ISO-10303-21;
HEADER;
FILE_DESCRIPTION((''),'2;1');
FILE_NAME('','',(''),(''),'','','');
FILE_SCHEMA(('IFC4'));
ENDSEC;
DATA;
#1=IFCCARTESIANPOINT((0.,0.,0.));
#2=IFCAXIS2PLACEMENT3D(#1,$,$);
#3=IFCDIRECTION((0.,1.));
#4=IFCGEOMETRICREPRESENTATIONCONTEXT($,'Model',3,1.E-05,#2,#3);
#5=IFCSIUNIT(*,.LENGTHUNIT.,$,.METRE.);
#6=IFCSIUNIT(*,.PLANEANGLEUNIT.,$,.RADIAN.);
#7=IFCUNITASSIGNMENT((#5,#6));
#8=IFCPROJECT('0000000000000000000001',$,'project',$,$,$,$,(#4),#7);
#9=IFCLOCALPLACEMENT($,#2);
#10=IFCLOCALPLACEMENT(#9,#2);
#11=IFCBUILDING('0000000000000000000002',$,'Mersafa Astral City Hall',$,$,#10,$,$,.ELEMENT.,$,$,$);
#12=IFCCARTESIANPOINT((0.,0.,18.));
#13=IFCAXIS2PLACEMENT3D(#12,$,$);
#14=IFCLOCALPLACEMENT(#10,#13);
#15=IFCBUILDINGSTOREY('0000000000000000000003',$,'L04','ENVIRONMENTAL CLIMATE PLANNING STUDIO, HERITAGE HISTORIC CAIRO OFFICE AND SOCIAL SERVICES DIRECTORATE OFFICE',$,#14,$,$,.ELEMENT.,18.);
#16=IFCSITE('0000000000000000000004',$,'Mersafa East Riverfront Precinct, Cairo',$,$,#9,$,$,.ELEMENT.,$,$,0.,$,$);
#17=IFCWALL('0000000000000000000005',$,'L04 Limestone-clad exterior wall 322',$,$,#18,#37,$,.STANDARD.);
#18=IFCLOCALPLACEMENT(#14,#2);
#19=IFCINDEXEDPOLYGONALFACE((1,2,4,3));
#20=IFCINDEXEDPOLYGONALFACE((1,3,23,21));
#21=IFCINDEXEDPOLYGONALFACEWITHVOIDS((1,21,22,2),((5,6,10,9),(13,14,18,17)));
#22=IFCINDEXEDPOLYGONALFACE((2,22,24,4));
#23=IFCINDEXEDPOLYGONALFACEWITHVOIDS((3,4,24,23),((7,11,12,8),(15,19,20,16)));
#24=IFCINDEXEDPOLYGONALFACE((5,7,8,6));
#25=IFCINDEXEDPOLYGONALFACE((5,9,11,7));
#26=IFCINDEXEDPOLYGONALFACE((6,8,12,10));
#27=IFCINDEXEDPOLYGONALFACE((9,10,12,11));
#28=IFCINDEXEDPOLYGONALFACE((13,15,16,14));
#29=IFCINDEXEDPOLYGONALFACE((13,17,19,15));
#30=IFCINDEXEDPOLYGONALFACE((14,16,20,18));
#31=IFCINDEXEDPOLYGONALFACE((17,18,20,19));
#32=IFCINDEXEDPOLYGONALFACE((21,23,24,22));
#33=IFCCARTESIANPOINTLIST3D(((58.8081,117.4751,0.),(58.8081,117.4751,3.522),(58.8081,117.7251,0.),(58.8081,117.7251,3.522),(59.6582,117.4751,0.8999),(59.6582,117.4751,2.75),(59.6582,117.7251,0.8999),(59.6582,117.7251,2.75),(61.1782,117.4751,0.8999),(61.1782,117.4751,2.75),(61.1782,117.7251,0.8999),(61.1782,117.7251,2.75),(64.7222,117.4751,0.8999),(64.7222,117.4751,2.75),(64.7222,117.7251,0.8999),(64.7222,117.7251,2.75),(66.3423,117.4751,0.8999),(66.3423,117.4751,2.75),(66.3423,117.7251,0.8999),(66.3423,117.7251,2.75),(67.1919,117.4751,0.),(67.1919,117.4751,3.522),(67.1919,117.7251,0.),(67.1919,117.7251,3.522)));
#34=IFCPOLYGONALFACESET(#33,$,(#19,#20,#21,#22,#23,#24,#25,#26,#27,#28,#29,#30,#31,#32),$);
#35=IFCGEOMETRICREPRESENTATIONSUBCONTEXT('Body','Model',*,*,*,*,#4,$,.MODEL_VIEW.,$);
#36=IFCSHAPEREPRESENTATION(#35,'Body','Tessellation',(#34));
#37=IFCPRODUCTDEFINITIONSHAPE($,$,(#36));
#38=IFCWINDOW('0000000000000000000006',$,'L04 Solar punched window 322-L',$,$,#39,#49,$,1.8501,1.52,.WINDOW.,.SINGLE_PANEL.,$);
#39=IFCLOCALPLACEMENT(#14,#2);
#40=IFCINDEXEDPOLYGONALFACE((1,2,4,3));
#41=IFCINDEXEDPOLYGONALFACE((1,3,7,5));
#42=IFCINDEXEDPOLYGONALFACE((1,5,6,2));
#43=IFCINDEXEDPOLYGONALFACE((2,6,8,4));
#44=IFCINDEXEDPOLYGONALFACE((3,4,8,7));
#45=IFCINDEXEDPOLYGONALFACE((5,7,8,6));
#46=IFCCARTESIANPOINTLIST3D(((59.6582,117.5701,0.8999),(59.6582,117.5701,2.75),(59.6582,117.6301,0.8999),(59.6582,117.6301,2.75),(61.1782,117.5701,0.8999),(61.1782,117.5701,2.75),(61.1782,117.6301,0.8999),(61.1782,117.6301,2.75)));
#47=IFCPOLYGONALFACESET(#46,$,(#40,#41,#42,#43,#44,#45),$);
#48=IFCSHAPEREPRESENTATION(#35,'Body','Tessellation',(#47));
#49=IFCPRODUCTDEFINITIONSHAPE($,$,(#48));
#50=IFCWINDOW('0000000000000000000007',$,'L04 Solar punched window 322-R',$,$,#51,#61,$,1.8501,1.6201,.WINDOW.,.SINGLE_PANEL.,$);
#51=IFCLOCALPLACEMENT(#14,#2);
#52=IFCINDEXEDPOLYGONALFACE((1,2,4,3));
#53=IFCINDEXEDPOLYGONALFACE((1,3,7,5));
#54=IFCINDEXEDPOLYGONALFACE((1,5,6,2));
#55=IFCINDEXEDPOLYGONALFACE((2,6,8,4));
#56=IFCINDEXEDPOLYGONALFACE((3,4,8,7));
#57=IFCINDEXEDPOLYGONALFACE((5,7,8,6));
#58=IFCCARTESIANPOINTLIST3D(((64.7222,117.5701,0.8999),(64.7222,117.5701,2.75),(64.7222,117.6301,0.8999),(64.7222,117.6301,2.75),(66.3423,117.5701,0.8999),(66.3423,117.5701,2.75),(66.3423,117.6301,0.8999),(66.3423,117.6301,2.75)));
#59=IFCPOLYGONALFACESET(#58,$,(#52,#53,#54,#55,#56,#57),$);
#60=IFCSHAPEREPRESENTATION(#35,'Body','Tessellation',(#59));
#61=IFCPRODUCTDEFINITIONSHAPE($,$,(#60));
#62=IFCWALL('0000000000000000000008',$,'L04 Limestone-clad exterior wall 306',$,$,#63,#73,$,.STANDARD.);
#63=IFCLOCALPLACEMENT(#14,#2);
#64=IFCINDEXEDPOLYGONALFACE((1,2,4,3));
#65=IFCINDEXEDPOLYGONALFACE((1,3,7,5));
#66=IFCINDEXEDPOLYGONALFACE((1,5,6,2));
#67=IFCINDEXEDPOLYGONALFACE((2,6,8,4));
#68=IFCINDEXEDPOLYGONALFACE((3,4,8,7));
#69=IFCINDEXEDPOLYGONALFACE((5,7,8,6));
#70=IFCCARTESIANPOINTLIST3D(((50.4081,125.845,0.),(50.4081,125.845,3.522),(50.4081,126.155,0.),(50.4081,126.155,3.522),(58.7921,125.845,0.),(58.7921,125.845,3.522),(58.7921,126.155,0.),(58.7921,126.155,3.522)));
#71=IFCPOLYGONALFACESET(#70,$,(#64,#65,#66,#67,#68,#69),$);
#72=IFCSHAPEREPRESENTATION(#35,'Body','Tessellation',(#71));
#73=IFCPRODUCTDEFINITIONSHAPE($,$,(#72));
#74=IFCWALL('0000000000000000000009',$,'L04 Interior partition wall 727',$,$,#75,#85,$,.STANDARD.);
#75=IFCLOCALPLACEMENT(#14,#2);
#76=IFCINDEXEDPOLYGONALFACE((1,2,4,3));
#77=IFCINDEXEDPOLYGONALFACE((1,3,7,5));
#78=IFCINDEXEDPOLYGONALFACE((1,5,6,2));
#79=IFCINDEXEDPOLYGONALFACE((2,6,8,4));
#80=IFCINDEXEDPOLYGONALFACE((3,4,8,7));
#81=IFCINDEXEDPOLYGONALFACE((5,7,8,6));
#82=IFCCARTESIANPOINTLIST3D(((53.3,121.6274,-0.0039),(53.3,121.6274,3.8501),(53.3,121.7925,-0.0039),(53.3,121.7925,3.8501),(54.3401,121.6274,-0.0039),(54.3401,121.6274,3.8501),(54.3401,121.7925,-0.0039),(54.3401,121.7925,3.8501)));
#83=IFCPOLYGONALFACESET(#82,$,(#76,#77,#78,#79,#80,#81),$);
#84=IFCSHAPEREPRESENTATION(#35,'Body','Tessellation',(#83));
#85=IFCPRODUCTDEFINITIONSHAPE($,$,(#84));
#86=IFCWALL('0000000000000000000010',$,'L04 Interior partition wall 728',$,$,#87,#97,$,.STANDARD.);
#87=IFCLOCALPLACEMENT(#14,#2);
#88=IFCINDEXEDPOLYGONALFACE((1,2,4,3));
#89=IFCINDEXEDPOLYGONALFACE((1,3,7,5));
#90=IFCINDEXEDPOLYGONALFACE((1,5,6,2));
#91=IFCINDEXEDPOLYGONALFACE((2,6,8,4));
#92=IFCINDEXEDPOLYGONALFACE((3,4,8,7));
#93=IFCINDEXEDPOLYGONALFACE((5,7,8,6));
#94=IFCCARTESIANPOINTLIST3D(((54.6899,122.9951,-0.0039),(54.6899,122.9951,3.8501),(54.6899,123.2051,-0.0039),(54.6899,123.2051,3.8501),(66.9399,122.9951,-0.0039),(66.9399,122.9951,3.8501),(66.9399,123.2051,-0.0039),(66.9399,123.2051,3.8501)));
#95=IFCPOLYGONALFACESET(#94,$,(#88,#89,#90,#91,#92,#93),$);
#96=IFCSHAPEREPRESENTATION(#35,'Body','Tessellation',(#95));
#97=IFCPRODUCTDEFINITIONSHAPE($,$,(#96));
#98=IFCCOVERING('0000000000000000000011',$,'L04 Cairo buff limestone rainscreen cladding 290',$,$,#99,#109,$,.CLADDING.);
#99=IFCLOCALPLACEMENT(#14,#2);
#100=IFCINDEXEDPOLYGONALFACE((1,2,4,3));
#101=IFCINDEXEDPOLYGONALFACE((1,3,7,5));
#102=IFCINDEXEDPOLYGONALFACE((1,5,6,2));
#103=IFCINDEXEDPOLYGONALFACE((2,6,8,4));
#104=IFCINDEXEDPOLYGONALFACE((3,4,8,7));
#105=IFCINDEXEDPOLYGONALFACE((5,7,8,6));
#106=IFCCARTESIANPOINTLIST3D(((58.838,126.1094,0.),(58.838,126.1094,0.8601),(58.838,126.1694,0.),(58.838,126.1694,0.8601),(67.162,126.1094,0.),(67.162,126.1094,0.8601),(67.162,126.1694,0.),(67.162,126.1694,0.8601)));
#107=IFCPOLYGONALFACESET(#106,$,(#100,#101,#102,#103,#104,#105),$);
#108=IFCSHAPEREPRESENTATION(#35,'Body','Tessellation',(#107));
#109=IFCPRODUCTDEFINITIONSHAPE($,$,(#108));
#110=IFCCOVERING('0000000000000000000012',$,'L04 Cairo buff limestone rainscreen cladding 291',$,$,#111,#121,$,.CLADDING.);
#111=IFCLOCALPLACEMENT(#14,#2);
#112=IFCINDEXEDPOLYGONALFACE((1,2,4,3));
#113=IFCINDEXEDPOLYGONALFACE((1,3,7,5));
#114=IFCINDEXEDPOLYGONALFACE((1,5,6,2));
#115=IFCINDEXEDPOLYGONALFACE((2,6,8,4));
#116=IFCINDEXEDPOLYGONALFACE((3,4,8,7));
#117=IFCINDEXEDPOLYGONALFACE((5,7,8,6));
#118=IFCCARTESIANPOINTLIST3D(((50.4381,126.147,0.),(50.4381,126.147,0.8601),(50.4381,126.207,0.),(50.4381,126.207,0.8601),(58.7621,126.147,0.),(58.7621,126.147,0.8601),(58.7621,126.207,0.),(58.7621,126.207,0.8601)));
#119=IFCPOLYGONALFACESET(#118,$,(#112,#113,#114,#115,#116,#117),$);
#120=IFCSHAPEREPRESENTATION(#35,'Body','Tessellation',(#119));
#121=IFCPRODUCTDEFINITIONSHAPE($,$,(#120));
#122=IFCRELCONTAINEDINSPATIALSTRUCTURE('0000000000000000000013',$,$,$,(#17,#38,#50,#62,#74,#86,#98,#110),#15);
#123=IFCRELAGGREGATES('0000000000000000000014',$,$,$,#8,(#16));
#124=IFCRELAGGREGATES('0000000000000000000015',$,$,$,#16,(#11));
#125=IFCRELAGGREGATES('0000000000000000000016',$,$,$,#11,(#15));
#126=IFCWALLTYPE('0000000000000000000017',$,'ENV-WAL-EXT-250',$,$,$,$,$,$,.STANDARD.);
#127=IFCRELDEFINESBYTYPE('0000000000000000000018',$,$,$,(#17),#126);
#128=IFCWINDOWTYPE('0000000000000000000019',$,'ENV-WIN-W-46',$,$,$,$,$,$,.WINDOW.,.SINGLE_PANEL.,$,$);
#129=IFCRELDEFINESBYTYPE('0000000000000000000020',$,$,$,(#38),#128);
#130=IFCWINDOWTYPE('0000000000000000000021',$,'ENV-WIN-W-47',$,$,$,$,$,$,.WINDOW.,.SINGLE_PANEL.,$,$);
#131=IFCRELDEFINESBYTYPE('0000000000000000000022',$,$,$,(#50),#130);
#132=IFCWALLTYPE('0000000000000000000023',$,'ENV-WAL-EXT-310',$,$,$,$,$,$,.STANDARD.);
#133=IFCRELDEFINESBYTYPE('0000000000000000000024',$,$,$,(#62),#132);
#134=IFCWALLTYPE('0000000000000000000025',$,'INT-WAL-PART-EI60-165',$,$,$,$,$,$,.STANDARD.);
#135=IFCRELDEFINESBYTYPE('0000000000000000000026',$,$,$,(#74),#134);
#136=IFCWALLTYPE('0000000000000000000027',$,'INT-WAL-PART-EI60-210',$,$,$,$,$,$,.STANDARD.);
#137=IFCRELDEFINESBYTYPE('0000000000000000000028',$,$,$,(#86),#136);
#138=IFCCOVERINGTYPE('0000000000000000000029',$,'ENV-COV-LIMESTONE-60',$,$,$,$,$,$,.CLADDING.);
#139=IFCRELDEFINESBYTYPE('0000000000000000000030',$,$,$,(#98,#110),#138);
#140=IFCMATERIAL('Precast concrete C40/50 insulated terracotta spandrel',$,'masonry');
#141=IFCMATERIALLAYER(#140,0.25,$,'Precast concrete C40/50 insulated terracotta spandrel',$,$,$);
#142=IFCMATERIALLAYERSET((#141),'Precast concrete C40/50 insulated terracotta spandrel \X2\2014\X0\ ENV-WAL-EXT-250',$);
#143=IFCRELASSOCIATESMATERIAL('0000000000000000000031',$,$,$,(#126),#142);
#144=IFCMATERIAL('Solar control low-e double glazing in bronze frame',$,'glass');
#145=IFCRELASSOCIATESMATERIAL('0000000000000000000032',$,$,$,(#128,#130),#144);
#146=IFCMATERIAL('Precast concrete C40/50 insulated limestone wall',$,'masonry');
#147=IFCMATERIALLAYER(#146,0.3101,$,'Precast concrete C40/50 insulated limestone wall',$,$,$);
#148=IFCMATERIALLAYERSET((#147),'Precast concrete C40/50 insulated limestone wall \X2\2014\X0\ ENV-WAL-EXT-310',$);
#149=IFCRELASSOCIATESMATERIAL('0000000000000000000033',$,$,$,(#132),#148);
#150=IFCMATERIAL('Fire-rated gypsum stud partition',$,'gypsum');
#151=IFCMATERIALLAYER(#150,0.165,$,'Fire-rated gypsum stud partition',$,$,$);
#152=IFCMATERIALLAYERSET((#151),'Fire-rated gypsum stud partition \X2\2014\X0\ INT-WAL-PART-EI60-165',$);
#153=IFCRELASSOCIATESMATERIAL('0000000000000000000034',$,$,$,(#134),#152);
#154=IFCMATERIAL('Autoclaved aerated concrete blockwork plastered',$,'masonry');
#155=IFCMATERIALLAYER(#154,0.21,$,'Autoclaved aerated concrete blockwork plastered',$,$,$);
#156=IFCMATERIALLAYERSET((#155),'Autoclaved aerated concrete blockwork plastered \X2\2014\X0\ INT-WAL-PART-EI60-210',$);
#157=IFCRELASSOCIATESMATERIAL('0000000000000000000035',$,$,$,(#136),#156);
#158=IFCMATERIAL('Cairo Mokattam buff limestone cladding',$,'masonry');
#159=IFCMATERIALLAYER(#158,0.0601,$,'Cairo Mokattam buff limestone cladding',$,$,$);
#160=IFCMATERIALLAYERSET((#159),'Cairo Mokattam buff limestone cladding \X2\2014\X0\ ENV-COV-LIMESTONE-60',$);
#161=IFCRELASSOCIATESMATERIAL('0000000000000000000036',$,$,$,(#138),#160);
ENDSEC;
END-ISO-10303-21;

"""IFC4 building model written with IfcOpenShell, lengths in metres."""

from ifc_helpers import new_model, si_unit, direction, frame, frame_2d, origin, origin_2d, place, context, subcontext, project, spatial, rectangle, extrude, material, layer, layer_set, type_object, element, fill, save


model = new_model("IFC4")

# Units and contexts
model_context = context("Model", 3, precision=1e-05, world=origin(), true_north=direction((0.0, 1.0)))
body_context = subcontext(model_context, "Body", "Model", "MODEL_VIEW")
ifc_project = project(units=[si_unit("LENGTHUNIT", "METRE"), si_unit("PLANEANGLEUNIT", "RADIAN")], contexts=[model_context])

# Site, building, storey
site_placement = place(None, origin())
site = spatial("IfcSite", under=ifc_project, at=site_placement, Name="Mersafa East Riverfront Precinct, Cairo", CompositionType="ELEMENT", RefElevation=0.0)
building_placement = place(site_placement, origin())
building = spatial("IfcBuilding", under=site, at=building_placement, Name="Mersafa Astral City Hall", CompositionType="ELEMENT")
storey_placement = place(building_placement, frame((0.0, 0.0, 18.0)))
storey = spatial("IfcBuildingStorey", under=building, at=storey_placement, Name="L04", Description="ENVIRONMENTAL CLIMATE PLANNING STUDIO, HERITAGE HISTORIC CAIRO OFFICE AND SOCIAL SERVICES DIRECTORATE OFFICE", CompositionType="ELEMENT", Elevation=18.0)

# Shared definitions
ifc_material_1 = material(Name="Precast concrete C40/50 insulated terracotta spandrel", Category="masonry")

# Wall, openings, windows
ifc_layer_1 = layer(ifc_material_1, 0.25, Name="Precast concrete C40/50 insulated terracotta spandrel")
ifc_layer_set_1 = layer_set([ifc_layer_1], Name="Precast concrete C40/50 insulated terracotta spandrel — ENV-WAL-EXT-250")
wall_type_1 = type_object("IfcWallType", Name="ENV-WAL-EXT-250", PredefinedType="STANDARD", material=ifc_layer_set_1)
wall_1_placement = place(storey_placement, frame((58.8081, 117.6001, 0.0), z_axis=(0.0, 0.0, 1.0), x_axis=(1.0, 0.0, 0.0)))
wall_1 = element("IfcWall", 1, at=wall_1_placement, inside=storey, type_object=wall_type_1, Name="L04 Limestone-clad exterior wall 322", PredefinedType="STANDARD", context=body_context, shape_type="SweptSolid", body=[
    extrude(rectangle(XDim=8.3838, YDim=0.25, at=frame_2d((4.1919, 0.0))), origin(), (0.0, 0.0, 1.0), 3.522),
])
opening_1_placement = place(wall_1_placement, frame((0.8501, 0.0, 0.8999)))
opening_1 = element("IfcOpeningElement", 2, at=opening_1_placement, cuts=wall_1, PredefinedType="OPENING", context=body_context, shape_type="SweptSolid", body=[
    extrude(rectangle(XDim=1.52, YDim=1.8501, at=frame_2d((0.76, 0.925))), frame((0.0, 0.135, 0.0), z_axis=(0.0, -1.0, 0.0), x_axis=(1.0, 0.0, 0.0)), (0.0, 0.0, 1.0), 0.27),
])
opening_2_placement = place(wall_1_placement, frame((5.9141, 0.0, 0.8999)))
opening_2 = element("IfcOpeningElement", 3, at=opening_2_placement, cuts=wall_1, PredefinedType="OPENING", context=body_context, shape_type="SweptSolid", body=[
    extrude(rectangle(XDim=1.6201, YDim=1.8501, at=frame_2d((0.8101, 0.925))), frame((0.0, 0.135, 0.0), z_axis=(0.0, -1.0, 0.0), x_axis=(1.0, 0.0, 0.0)), (0.0, 0.0, 1.0), 0.27),
])
ifc_material_2 = material(Name="Solar control low-e double glazing in bronze frame", Category="glass")
window_type_1 = type_object("IfcWindowType", Name="ENV-WIN-W-46", PartitioningType="SINGLE_PANEL", PredefinedType="WINDOW", material=ifc_material_2)
window_1_placement = place(opening_1_placement, origin())
window_1 = element("IfcWindow", 4, at=window_1_placement, inside=storey, type_object=window_type_1, Name="L04 Solar punched window 322-L", OverallHeight=1.8501, OverallWidth=1.52, PartitioningType="SINGLE_PANEL", PredefinedType="WINDOW", context=body_context, shape_type="SweptSolid", body=[
    extrude(rectangle(XDim=1.52, YDim=1.8501, at=frame_2d((0.76, 0.925))), frame((0.0, 0.03, 0.0), z_axis=(0.0, -1.0, 0.0), x_axis=(1.0, 0.0, 0.0)), (0.0, 0.0, 1.0), 0.0601),
])
fill(opening_1, window_1)
window_type_2 = type_object("IfcWindowType", Name="ENV-WIN-W-47", PartitioningType="SINGLE_PANEL", PredefinedType="WINDOW", material=ifc_material_2)
window_2_placement = place(opening_2_placement, origin())
window_2 = element("IfcWindow", 5, at=window_2_placement, inside=storey, type_object=window_type_2, Name="L04 Solar punched window 322-R", OverallHeight=1.8501, OverallWidth=1.6201, PartitioningType="SINGLE_PANEL", PredefinedType="WINDOW", context=body_context, shape_type="SweptSolid", body=[
    extrude(rectangle(XDim=1.6201, YDim=1.8501, at=frame_2d((0.8101, 0.925))), frame((0.0, 0.03, 0.0), z_axis=(0.0, -1.0, 0.0), x_axis=(1.0, 0.0, 0.0)), (0.0, 0.0, 1.0), 0.0601),
])
fill(opening_2, window_2)

# Walls
ifc_material_3 = material(Name="Precast concrete C40/50 insulated limestone wall", Category="masonry")
ifc_layer_2 = layer(ifc_material_3, 0.3101, Name="Precast concrete C40/50 insulated limestone wall")
ifc_layer_set_2 = layer_set([ifc_layer_2], Name="Precast concrete C40/50 insulated limestone wall — ENV-WAL-EXT-310")
wall_type_2 = type_object("IfcWallType", Name="ENV-WAL-EXT-310", PredefinedType="STANDARD", material=ifc_layer_set_2)
wall_2_placement = place(storey_placement, frame((58.792, 126.0, 0.0), z_axis=(0.0, 0.0, 1.0), x_axis=(-1.0, 0.0, 0.0)))
element("IfcWall", 6, at=wall_2_placement, inside=storey, type_object=wall_type_2, Name="L04 Limestone-clad exterior wall 306", PredefinedType="STANDARD", context=body_context, shape_type="SweptSolid", body=[
    extrude(rectangle(XDim=8.384, YDim=0.3101, at=frame_2d((4.1919, 0.0))), origin(), (0.0, 0.0, 1.0), 3.522),
])
ifc_material_4 = material(Name="Fire-rated gypsum stud partition", Category="gypsum")
ifc_layer_3 = layer(ifc_material_4, 0.165, Name="Fire-rated gypsum stud partition")
ifc_layer_set_3 = layer_set([ifc_layer_3], Name="Fire-rated gypsum stud partition — INT-WAL-PART-EI60-165")
wall_type_3 = type_object("IfcWallType", Name="INT-WAL-PART-EI60-165", PredefinedType="STANDARD", material=ifc_layer_set_3)
wall_3_placement = place(storey_placement, frame((53.3, 121.71, -0.0039), z_axis=(0.0, 0.0, 1.0), x_axis=(1.0, 0.0, 0.0)))
element("IfcWall", 7, at=wall_3_placement, inside=storey, type_object=wall_type_3, Name="L04 Interior partition wall 727", PredefinedType="STANDARD", context=body_context, shape_type="SweptSolid", body=[
    extrude(rectangle(XDim=1.04, YDim=0.165, at=frame_2d((0.52, 0.0))), origin(), (0.0, 0.0, 1.0), 3.854),
])
ifc_material_5 = material(Name="Autoclaved aerated concrete blockwork plastered", Category="masonry")
ifc_layer_4 = layer(ifc_material_5, 0.21, Name="Autoclaved aerated concrete blockwork plastered")
ifc_layer_set_4 = layer_set([ifc_layer_4], Name="Autoclaved aerated concrete blockwork plastered — INT-WAL-PART-EI60-210")
wall_type_4 = type_object("IfcWallType", Name="INT-WAL-PART-EI60-210", PredefinedType="STANDARD", material=ifc_layer_set_4)
wall_4_placement = place(storey_placement, frame((54.6899, 123.1001, -0.0039), z_axis=(0.0, 0.0, 1.0), x_axis=(1.0, 0.0, 0.0)))
element("IfcWall", 8, at=wall_4_placement, inside=storey, type_object=wall_type_4, Name="L04 Interior partition wall 728", PredefinedType="STANDARD", context=body_context, shape_type="SweptSolid", body=[
    extrude(rectangle(XDim=12.25, YDim=0.21, at=frame_2d((6.125, 0.0))), origin(), (0.0, 0.0, 1.0), 3.854),
])

# Coverings
ifc_material_6 = material(Name="Cairo Mokattam buff limestone cladding", Category="masonry")
ifc_layer_5 = layer(ifc_material_6, 0.0601, Name="Cairo Mokattam buff limestone cladding")
ifc_layer_set_5 = layer_set([ifc_layer_5], Name="Cairo Mokattam buff limestone cladding — ENV-COV-LIMESTONE-60")
covering_type = type_object("IfcCoveringType", Name="ENV-COV-LIMESTONE-60", PredefinedType="CLADDING", material=ifc_layer_set_5)
for number, where, z_axis, x_axis, name in (
    (9, (63.0, 126.1394, 0.0), (0.0, 0.0, 1.0), (-1.0, 0.0, 0.0), "L04 Cairo buff limestone rainscreen cladding 290"),
    (10, (54.6001, 126.177, 0.0), (0.0, 0.0, 1.0), (-1.0, 0.0, 0.0), "L04 Cairo buff limestone rainscreen cladding 291"),
):
    element("IfcCovering", number, at=place(storey_placement, frame(where, z_axis=z_axis, x_axis=x_axis)), inside=storey, type_object=covering_type, Name=name, PredefinedType="CLADDING", context=body_context, shape_type="SweptSolid", body=[
        extrude(rectangle(XDim=8.324, YDim=0.0601, at=origin_2d()), origin(), (0.0, 0.0, 1.0), 0.8601),
    ])

save(model, "model.ifc")
